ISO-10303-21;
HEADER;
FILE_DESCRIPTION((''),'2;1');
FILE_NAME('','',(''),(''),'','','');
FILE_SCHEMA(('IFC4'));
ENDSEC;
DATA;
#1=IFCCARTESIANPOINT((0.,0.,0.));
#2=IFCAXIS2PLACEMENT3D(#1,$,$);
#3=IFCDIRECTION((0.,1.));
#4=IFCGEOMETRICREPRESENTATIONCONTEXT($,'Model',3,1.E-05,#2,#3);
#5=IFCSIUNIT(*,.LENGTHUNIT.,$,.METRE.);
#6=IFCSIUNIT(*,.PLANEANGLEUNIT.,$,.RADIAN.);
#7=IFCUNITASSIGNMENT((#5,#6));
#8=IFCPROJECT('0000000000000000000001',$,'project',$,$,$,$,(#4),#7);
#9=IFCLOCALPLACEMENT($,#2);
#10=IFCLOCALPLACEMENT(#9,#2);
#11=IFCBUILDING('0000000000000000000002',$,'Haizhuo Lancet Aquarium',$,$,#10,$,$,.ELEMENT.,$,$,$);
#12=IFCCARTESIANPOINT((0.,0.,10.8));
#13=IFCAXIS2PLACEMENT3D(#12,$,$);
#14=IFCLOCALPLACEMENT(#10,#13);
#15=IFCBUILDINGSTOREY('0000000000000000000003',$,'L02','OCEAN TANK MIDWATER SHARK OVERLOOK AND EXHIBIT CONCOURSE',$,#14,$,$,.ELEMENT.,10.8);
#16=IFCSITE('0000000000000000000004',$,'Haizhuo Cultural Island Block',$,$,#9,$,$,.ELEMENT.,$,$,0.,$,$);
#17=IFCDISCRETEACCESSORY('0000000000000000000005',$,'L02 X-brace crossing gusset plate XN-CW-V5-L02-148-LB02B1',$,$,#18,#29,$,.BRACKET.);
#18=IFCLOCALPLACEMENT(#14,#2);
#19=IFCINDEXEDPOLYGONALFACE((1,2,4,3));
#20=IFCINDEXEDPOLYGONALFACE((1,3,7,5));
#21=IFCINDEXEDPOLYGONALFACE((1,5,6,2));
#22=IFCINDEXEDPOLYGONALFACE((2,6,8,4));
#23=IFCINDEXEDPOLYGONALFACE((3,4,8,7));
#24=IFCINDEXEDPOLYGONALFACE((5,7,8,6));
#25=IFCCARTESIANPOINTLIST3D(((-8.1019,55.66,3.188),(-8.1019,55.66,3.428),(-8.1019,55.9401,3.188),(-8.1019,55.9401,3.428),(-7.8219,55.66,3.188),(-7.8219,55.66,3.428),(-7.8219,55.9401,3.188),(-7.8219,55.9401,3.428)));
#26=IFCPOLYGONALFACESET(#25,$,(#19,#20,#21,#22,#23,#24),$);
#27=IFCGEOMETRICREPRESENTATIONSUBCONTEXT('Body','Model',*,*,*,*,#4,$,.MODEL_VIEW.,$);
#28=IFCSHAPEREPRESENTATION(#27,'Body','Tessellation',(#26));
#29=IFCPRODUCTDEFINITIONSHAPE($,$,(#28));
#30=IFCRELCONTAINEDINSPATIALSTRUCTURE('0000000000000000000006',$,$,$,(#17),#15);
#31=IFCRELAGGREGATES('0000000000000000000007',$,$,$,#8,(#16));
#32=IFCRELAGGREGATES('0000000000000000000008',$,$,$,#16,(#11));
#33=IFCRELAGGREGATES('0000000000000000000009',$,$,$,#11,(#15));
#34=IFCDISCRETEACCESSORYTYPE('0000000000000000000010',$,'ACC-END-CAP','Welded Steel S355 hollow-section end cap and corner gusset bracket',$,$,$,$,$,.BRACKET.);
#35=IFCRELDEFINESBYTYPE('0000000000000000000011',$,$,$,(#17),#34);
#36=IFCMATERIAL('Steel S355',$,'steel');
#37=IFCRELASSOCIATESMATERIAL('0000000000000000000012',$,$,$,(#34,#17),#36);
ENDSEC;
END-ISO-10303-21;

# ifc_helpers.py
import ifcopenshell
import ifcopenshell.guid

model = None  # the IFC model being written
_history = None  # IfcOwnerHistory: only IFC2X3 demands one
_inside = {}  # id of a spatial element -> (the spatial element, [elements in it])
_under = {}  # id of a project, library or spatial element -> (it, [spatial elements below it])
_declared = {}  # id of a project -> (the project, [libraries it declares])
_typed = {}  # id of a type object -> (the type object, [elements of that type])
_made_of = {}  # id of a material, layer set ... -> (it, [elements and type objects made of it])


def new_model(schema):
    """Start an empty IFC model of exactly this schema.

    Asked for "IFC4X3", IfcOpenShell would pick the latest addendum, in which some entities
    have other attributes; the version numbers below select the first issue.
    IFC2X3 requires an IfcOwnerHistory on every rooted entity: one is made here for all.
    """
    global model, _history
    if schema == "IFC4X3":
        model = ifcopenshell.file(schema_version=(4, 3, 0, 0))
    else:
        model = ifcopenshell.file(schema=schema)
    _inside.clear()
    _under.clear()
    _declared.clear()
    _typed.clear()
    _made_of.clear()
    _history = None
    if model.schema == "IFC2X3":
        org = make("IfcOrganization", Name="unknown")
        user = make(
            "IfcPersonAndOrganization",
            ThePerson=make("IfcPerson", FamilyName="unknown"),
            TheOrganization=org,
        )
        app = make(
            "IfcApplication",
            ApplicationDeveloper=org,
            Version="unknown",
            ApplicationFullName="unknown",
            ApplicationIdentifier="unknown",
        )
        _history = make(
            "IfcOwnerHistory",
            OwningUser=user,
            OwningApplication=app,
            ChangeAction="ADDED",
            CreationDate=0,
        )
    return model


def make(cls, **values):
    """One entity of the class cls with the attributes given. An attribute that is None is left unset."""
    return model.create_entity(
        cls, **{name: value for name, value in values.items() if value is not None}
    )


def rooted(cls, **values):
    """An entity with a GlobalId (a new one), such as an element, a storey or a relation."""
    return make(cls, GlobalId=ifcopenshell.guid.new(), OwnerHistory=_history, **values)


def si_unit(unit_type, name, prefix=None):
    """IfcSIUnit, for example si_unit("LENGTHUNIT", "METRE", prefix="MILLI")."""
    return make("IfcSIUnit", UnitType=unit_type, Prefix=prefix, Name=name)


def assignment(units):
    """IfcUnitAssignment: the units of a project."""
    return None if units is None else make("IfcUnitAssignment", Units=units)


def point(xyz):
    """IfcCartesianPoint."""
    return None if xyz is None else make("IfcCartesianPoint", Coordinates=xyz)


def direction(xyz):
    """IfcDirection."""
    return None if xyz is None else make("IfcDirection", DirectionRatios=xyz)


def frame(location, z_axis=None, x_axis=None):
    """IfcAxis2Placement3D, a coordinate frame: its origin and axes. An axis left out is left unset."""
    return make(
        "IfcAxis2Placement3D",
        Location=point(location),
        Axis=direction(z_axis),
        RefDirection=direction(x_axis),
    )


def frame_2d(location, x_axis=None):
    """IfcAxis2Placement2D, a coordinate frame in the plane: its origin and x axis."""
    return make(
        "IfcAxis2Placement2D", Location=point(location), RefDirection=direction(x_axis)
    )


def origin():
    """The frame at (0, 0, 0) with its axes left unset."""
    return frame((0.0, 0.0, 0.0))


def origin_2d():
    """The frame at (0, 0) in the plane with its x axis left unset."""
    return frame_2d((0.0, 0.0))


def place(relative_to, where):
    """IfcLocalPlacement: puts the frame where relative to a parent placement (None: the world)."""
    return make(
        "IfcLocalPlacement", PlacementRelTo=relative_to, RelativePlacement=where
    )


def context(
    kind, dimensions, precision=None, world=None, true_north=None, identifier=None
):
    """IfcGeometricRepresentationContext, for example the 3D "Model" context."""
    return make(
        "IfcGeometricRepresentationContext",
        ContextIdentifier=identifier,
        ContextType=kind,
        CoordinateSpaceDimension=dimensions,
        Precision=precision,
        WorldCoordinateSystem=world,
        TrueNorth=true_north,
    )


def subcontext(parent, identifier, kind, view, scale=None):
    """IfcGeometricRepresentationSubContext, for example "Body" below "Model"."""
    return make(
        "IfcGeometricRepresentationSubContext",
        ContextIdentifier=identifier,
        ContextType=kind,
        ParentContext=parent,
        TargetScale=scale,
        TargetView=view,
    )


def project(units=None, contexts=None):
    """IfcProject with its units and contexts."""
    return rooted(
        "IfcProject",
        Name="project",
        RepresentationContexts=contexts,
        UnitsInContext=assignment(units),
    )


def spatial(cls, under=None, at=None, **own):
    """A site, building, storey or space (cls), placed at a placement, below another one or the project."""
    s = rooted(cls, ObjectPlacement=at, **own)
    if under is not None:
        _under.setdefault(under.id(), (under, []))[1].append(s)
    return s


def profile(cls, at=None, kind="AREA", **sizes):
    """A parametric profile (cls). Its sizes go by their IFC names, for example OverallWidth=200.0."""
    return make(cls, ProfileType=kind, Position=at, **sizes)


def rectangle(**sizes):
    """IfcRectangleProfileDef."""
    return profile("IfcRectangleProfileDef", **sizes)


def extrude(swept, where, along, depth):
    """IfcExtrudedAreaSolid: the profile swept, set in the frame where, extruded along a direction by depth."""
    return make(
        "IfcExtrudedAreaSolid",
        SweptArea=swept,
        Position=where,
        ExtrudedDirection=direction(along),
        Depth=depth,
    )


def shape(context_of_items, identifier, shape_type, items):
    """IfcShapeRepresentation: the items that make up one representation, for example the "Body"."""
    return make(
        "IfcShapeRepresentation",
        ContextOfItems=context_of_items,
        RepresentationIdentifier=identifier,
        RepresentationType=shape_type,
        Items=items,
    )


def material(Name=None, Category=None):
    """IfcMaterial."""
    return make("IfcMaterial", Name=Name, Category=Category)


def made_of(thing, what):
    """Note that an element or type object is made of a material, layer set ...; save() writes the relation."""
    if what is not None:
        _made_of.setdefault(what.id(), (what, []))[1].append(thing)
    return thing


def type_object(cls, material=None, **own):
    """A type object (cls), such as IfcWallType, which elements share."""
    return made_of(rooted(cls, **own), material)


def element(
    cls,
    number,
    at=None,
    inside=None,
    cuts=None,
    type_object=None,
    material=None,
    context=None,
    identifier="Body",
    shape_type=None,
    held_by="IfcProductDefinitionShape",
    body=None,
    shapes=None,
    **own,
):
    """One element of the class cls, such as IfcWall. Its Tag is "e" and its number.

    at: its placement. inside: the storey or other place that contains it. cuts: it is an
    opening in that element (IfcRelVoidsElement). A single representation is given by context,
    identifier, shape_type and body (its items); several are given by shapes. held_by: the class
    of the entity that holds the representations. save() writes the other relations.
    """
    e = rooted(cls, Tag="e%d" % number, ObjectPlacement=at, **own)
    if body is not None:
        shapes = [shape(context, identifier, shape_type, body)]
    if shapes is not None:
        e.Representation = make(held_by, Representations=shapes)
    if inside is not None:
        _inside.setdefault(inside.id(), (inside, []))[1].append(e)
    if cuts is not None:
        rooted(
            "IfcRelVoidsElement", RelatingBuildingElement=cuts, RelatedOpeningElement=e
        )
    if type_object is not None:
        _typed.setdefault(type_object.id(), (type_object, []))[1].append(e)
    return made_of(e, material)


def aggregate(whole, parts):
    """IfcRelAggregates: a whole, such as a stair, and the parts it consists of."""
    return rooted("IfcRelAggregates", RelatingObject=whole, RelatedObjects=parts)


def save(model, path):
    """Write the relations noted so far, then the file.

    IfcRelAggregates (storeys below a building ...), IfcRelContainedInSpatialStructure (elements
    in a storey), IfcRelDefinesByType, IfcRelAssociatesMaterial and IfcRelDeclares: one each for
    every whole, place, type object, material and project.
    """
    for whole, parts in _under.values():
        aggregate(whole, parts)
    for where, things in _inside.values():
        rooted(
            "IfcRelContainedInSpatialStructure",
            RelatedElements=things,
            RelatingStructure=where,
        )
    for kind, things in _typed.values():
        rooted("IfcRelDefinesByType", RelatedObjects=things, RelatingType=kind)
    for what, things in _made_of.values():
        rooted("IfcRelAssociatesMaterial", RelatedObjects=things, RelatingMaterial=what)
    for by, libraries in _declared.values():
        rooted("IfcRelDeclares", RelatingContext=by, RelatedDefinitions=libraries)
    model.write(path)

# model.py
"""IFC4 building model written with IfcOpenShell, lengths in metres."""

from ifc_helpers import new_model, si_unit, direction, frame, origin, origin_2d, place, context, subcontext, project, spatial, rectangle, extrude, material, type_object, element, save


model = new_model("IFC4")

# Units and contexts
model_context = context("Model", 3, precision=1e-05, world=origin(), true_north=direction((0.0, 1.0)))
body_context = subcontext(model_context, "Body", "Model", "MODEL_VIEW")
ifc_project = project(units=[si_unit("LENGTHUNIT", "METRE"), si_unit("PLANEANGLEUNIT", "RADIAN")], contexts=[model_context])

# Site, building, storey
site_placement = place(None, origin())
site = spatial("IfcSite", under=ifc_project, at=site_placement, Name="Haizhuo Cultural Island Block", CompositionType="ELEMENT", RefElevation=0.0)
building_placement = place(site_placement, origin())
building = spatial("IfcBuilding", under=site, at=building_placement, Name="Haizhuo Lancet Aquarium", CompositionType="ELEMENT")
storey_placement = place(building_placement, frame((0.0, 0.0, 10.8)))
storey = spatial("IfcBuildingStorey", under=building, at=storey_placement, Name="L02", Description="OCEAN TANK MIDWATER SHARK OVERLOOK AND EXHIBIT CONCOURSE", CompositionType="ELEMENT", Elevation=10.8)

# Shared definitions
ifc_material_1 = material(Name="Steel S355", Category="steel")

# Discrete accessory
discrete_accessory_type = type_object("IfcDiscreteAccessoryType", Name="ACC-END-CAP", Description="Welded Steel S355 hollow-section end cap and corner gusset bracket", PredefinedType="BRACKET", material=ifc_material_1)
for number, where, z_axis, x_axis, name in (
    (1, (-7.9619, 55.8, 3.188), (0.0, 0.0, 1.0), (1.0, 0.0, 0.0), "L02 X-brace crossing gusset plate XN-CW-V5-L02-148-LB02B1"),
):
    element("IfcDiscreteAccessory", number, at=place(storey_placement, frame(where, z_axis=z_axis, x_axis=x_axis)), inside=storey, type_object=discrete_accessory_type, material=ifc_material_1, Name=name, PredefinedType="BRACKET", context=body_context, shape_type="SweptSolid", body=[
        extrude(rectangle(XDim=0.28, YDim=0.28, at=origin_2d()), origin(), (0.0, 0.0, 1.0), 0.24),
    ])

save(model, "model.ifc")
